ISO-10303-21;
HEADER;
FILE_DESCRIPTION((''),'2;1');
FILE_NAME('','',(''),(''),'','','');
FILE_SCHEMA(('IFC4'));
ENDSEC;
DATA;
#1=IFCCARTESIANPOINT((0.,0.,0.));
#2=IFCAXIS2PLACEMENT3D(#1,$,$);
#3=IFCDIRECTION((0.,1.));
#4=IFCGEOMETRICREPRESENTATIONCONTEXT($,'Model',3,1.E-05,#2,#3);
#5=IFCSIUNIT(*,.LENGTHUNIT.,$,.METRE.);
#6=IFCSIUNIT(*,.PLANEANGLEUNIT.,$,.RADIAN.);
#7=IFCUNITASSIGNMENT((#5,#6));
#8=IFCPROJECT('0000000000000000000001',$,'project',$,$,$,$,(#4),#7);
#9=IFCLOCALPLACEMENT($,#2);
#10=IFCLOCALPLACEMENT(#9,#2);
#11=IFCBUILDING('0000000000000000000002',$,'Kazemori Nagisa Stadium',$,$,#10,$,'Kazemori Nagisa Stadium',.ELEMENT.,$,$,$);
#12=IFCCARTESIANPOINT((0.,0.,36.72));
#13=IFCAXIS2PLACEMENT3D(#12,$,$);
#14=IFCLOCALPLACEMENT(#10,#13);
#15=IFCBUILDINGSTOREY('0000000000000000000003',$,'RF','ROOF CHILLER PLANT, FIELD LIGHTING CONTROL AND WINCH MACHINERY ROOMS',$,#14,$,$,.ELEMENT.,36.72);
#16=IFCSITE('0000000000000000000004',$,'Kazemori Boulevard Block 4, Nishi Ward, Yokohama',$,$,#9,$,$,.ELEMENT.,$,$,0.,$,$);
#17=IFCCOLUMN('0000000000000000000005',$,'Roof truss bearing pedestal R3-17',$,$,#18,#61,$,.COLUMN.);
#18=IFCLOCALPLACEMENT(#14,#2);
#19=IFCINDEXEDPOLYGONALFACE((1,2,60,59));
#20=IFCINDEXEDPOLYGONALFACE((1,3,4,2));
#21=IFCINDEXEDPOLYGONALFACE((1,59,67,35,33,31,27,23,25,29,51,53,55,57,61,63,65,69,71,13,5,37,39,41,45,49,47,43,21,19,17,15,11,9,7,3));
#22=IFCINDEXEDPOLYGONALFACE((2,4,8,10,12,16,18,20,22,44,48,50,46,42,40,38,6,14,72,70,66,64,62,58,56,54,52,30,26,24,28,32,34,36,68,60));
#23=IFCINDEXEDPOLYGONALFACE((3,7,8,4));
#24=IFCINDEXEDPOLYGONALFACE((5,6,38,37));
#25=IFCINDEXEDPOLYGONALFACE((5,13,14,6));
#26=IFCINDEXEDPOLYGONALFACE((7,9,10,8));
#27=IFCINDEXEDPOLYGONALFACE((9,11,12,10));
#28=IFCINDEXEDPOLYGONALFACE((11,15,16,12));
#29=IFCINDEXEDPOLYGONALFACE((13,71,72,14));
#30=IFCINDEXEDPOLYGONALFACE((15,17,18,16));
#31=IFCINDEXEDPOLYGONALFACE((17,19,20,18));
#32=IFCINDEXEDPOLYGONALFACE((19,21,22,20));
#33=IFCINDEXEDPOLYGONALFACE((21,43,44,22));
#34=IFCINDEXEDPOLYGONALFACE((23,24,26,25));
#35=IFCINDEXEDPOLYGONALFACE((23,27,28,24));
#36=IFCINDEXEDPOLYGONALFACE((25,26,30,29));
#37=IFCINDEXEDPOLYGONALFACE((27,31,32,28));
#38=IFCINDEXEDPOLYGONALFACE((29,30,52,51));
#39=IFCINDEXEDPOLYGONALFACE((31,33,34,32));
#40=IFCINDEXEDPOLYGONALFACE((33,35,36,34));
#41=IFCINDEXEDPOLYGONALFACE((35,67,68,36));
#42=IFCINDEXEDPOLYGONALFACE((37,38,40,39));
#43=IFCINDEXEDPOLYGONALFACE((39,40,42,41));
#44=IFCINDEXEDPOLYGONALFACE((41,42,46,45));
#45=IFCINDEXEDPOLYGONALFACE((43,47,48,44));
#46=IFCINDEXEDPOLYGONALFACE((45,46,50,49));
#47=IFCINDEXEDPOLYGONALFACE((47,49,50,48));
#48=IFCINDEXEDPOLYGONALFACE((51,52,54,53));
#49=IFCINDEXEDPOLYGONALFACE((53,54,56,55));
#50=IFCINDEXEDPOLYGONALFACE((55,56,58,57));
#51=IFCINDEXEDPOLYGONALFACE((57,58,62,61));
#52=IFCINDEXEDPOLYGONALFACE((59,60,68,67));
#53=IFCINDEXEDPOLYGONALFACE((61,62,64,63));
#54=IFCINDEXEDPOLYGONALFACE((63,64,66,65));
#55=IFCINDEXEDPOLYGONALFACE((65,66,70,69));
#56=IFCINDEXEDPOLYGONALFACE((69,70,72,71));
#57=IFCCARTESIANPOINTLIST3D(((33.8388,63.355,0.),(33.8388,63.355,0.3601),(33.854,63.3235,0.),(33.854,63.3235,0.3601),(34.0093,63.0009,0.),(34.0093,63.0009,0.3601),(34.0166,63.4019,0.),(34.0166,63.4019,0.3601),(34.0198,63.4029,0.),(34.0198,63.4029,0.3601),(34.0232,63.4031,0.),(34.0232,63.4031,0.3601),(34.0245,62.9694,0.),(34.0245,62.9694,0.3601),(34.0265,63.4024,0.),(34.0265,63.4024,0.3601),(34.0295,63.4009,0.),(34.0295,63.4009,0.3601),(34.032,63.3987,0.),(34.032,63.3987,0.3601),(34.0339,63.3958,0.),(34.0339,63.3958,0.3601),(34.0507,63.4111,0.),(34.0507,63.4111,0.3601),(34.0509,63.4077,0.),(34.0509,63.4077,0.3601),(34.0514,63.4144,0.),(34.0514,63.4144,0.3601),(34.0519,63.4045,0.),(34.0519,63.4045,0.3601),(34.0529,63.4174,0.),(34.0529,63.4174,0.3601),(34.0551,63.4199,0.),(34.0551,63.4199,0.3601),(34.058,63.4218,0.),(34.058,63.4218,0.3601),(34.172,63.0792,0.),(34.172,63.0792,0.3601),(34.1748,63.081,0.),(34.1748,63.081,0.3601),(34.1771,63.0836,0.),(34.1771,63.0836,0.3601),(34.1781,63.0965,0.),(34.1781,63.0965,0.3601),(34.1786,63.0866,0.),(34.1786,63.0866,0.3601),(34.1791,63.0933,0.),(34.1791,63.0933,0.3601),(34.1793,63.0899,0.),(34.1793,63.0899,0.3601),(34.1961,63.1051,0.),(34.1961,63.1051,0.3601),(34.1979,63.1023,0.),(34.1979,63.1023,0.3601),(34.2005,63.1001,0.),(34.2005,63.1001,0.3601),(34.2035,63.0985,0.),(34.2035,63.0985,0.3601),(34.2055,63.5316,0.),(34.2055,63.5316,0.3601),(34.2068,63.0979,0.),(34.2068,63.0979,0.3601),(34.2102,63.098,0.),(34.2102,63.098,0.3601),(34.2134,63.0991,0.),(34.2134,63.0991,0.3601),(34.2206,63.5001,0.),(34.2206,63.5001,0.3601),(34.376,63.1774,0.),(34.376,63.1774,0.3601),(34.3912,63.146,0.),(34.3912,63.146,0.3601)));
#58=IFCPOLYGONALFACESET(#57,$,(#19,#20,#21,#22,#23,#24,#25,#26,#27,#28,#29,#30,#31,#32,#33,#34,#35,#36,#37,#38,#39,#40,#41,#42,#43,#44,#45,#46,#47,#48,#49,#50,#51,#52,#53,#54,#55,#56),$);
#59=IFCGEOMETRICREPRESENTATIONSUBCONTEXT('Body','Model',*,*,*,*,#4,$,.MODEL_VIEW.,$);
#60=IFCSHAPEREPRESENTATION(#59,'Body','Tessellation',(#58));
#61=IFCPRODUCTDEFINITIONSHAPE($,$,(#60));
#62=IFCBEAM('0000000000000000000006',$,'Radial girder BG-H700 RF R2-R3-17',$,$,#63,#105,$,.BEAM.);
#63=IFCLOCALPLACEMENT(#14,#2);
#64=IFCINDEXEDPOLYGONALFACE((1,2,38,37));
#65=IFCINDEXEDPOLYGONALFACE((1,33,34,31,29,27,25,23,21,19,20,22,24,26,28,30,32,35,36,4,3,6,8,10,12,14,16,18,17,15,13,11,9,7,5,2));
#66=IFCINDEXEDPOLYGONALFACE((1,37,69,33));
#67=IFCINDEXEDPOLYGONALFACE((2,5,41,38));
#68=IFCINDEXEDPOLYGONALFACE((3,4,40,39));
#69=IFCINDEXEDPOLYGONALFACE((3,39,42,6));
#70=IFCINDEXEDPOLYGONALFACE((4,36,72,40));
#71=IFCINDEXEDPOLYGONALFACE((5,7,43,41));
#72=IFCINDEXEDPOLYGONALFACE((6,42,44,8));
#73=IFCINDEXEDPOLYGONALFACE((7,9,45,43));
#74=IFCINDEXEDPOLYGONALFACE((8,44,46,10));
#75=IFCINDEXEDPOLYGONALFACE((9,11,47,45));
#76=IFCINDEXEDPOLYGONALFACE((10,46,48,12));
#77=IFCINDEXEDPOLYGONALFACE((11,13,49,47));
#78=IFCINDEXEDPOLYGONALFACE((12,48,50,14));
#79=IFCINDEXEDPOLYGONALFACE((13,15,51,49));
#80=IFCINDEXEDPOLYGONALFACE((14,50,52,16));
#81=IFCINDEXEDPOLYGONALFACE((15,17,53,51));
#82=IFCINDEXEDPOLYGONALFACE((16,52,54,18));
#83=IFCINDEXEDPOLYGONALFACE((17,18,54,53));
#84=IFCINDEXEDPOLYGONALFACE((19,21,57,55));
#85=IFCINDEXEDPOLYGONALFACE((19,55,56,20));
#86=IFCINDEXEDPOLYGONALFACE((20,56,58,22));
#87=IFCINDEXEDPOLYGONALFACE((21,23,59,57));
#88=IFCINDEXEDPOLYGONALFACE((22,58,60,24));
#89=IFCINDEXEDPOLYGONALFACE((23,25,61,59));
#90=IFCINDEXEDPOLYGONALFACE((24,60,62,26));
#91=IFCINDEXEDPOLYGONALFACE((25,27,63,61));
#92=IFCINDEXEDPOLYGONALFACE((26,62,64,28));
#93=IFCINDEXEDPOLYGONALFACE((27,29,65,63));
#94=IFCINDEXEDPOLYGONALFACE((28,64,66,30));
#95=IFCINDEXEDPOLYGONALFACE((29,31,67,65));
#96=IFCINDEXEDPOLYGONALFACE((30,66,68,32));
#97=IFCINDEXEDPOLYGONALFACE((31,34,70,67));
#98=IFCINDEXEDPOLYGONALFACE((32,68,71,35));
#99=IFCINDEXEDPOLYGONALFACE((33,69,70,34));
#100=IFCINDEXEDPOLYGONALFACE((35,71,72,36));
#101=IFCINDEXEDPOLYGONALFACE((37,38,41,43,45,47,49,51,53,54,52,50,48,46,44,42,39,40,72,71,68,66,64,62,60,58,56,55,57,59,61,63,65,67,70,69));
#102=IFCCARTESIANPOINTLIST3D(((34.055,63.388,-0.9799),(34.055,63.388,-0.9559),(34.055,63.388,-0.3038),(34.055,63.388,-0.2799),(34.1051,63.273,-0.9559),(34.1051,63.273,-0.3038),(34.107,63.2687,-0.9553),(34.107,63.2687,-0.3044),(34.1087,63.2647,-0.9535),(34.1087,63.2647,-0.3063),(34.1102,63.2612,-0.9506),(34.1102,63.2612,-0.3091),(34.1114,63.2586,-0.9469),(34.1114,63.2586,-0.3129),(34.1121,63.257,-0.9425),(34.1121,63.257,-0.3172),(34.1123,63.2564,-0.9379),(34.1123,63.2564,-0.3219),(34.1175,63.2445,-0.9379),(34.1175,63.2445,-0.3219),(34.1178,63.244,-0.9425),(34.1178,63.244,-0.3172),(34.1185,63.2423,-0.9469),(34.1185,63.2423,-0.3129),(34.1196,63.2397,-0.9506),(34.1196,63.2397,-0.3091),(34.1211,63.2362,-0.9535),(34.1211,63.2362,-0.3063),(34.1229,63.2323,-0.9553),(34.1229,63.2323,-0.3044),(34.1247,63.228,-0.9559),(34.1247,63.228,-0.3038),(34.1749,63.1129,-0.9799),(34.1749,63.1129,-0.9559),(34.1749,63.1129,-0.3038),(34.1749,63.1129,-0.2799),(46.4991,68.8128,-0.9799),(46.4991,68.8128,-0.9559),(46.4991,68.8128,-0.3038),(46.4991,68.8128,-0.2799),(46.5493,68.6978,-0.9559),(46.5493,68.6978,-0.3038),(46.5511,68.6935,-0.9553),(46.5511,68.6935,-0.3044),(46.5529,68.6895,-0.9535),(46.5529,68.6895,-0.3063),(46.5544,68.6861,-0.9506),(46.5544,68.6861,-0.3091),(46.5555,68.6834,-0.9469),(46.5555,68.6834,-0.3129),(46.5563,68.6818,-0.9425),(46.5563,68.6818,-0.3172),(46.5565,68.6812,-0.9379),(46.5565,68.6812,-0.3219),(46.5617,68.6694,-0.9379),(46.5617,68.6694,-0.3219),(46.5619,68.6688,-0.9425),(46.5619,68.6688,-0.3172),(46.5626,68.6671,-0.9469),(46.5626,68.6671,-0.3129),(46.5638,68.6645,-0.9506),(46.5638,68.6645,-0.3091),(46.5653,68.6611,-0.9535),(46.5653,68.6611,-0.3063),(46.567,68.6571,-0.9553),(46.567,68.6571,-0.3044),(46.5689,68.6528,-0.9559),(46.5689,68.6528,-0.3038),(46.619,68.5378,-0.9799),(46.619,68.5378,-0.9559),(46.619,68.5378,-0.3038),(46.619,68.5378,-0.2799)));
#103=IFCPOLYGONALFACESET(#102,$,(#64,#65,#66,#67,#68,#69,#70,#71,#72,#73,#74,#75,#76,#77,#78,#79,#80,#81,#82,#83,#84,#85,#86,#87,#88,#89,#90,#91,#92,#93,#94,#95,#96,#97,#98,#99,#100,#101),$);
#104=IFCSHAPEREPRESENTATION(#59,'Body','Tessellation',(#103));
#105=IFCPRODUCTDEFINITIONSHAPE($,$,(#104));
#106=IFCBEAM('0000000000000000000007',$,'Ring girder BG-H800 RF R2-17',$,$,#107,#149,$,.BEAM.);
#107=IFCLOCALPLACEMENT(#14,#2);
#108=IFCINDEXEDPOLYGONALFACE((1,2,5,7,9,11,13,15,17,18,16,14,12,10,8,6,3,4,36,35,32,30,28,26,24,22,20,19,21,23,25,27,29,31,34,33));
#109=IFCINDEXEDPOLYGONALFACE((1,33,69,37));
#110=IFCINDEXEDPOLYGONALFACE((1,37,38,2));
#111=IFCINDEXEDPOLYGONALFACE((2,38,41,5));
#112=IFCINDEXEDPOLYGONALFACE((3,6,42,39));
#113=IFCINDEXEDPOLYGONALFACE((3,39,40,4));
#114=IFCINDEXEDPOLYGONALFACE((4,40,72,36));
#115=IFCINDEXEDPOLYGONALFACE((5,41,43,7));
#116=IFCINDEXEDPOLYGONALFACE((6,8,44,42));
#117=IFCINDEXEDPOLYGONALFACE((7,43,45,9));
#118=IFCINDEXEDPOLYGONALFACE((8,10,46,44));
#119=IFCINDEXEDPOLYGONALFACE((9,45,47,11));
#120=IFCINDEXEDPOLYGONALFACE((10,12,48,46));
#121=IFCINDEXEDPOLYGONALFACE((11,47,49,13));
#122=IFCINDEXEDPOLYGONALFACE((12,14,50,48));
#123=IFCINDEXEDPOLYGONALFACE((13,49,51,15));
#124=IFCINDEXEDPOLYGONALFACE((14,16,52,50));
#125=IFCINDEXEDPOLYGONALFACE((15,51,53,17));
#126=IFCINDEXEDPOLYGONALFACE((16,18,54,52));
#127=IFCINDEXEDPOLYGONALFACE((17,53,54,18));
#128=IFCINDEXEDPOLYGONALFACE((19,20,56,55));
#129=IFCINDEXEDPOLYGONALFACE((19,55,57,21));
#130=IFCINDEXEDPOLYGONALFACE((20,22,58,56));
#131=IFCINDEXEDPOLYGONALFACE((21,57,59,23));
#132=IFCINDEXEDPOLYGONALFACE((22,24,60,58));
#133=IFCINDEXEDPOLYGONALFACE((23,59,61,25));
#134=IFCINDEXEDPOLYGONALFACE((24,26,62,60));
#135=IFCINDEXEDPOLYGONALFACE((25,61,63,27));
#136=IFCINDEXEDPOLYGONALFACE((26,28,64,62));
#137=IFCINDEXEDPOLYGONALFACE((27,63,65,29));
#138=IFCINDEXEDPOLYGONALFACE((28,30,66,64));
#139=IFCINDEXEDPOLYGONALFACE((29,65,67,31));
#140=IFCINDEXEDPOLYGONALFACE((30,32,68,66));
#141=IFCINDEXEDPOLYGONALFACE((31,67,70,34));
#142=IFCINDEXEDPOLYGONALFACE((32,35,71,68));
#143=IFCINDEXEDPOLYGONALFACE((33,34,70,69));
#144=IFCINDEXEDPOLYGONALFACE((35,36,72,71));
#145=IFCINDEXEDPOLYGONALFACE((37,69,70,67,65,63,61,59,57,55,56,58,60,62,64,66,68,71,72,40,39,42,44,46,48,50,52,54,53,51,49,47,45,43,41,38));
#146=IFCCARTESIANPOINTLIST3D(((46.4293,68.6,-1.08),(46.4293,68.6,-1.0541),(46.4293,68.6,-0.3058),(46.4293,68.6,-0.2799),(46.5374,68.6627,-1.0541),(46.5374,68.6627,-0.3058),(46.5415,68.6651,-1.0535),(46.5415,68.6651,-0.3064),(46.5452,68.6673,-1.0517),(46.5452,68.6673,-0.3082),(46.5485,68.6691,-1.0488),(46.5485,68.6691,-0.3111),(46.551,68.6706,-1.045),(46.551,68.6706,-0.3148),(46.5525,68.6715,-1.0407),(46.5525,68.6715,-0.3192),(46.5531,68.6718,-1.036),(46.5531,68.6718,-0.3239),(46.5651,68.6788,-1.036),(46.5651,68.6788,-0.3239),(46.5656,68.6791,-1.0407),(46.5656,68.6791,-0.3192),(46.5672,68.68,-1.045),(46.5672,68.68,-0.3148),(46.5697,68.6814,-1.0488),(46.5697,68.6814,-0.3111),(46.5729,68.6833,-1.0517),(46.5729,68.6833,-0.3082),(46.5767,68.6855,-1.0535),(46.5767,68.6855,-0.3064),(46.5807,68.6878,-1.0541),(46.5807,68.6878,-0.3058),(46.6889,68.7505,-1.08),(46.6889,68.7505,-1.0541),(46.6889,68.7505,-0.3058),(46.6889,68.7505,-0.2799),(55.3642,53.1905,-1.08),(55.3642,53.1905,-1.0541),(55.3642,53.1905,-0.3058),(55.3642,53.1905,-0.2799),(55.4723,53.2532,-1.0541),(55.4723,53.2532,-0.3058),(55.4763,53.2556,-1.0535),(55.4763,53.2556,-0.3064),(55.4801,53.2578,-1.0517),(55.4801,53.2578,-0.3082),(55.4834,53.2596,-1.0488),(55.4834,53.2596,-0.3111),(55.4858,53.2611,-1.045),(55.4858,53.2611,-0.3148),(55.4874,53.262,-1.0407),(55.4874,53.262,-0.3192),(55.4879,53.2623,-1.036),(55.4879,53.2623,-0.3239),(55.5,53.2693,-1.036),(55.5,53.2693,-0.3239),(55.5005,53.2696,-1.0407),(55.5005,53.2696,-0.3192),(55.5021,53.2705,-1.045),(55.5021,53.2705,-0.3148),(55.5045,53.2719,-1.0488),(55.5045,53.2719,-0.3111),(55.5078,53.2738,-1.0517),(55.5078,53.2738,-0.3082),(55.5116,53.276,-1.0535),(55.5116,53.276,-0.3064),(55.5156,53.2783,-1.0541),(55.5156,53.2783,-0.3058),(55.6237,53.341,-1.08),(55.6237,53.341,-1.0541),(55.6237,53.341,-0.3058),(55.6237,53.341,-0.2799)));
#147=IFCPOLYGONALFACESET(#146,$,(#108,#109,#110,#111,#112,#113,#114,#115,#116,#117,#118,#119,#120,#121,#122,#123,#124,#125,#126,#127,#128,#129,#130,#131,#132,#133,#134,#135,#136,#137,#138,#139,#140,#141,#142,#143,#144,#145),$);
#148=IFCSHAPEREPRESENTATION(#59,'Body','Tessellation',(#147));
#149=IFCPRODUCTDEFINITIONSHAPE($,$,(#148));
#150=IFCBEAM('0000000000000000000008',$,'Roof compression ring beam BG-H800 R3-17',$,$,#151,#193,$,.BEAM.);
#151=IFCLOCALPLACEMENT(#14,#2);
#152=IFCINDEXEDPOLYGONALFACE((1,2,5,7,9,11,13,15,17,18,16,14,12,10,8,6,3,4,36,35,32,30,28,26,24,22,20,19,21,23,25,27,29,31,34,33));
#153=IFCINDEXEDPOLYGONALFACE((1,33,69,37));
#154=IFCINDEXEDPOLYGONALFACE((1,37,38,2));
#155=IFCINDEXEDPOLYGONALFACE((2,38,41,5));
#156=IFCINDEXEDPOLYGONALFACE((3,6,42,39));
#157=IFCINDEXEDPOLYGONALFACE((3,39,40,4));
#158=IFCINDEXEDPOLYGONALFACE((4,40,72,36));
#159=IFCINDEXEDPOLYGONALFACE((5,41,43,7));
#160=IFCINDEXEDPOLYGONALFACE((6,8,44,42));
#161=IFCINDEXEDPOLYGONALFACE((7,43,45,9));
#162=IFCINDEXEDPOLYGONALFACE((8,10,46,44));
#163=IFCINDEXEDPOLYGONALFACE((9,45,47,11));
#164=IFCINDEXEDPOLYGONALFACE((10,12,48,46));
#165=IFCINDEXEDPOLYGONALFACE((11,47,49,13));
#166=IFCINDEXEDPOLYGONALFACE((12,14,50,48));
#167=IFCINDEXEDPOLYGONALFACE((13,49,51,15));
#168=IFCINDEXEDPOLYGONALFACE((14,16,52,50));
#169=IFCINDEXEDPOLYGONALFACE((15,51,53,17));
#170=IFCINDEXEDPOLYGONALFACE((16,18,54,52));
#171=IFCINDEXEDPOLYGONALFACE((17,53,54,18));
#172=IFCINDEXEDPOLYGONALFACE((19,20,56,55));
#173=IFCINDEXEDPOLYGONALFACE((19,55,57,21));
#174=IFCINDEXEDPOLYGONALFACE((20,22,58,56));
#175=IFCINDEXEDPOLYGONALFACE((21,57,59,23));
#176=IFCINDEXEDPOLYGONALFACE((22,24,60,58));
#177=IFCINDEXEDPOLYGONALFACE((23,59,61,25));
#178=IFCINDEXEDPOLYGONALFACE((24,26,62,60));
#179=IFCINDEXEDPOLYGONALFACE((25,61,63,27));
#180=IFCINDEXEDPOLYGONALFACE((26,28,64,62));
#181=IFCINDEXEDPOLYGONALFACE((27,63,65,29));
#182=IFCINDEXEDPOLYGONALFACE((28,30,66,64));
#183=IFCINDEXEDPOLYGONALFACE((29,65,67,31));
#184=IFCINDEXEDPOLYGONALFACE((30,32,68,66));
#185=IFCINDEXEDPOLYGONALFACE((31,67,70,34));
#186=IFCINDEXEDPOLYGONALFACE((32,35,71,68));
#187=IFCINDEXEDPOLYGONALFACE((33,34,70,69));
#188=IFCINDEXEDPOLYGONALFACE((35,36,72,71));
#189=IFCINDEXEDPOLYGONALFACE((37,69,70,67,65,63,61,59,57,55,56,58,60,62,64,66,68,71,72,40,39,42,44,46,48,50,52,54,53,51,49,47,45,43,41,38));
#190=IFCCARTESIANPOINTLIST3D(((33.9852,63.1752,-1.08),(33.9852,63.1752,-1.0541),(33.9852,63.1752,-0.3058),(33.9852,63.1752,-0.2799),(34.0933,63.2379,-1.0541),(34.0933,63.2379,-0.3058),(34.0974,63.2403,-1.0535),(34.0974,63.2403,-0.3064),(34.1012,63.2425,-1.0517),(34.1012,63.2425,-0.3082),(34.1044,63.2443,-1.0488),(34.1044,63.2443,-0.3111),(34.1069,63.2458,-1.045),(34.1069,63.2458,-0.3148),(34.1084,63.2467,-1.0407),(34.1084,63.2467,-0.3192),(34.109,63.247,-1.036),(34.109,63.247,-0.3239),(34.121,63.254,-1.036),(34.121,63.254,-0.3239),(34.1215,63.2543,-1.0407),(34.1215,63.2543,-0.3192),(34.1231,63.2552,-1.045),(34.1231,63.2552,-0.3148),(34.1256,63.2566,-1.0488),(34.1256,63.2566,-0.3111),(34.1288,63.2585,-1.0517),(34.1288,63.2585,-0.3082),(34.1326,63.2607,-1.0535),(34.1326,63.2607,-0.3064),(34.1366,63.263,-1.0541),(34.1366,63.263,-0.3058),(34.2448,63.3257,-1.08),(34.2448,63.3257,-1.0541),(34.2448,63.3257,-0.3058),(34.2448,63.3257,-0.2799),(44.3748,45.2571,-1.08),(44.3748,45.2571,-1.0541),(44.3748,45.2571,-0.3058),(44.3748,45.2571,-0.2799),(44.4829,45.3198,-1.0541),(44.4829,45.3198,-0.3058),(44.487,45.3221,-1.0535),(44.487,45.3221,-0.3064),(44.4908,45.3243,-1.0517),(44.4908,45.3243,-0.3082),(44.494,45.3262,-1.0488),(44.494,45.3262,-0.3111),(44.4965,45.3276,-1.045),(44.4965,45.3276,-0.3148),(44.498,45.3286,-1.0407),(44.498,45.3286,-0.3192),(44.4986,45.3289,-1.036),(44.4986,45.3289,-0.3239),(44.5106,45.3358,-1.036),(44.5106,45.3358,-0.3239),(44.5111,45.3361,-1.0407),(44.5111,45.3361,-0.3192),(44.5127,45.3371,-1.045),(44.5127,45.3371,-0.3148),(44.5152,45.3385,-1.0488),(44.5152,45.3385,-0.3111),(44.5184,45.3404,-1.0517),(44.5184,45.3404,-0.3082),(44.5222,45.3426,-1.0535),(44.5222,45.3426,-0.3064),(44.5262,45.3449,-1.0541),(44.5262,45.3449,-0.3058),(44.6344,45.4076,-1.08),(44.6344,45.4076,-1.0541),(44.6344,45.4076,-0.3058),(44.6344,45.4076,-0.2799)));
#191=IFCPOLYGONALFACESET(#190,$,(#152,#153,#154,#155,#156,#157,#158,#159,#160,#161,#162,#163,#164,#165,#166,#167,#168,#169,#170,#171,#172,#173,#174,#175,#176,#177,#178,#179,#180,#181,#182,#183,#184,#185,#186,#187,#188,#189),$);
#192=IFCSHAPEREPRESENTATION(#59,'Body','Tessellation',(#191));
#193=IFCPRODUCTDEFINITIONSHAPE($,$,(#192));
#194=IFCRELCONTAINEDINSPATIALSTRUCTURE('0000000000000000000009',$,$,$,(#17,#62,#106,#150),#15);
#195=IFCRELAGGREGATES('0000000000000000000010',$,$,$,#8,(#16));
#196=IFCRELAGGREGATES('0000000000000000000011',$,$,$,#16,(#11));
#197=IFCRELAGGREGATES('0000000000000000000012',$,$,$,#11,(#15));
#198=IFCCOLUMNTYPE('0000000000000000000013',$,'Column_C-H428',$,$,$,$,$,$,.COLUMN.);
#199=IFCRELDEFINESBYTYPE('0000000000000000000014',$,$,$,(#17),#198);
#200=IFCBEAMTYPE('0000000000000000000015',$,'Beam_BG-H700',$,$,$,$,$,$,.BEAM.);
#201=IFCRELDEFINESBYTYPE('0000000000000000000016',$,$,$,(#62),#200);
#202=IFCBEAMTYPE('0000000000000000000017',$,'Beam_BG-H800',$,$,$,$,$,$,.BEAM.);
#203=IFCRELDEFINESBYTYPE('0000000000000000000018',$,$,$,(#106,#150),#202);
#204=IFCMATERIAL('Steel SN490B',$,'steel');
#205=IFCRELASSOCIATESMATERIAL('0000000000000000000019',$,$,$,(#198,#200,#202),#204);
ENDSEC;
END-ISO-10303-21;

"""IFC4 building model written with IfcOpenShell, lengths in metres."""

from ifc_helpers import new_model, si_unit, direction, frame, origin, origin_2d, place, context, subcontext, project, spatial, i_section, extrude, material, material_profile, profile_set, type_object, element, save


model = new_model("IFC4")

# Units and contexts
model_context = context("Model", 3, precision=1e-05, world=origin(), true_north=direction((0.0, 1.0)))
body_context = subcontext(model_context, "Body", "Model", "MODEL_VIEW")
ifc_project = project(units=[si_unit("LENGTHUNIT", "METRE"), si_unit("PLANEANGLEUNIT", "RADIAN")], contexts=[model_context])

# Site, building, storey
site_placement = place(None, origin())
site = spatial("IfcSite", under=ifc_project, at=site_placement, Name="Kazemori Boulevard Block 4, Nishi Ward, Yokohama", CompositionType="ELEMENT", RefElevation=0.0)
building_placement = place(site_placement, origin())
building = spatial("IfcBuilding", under=site, at=building_placement, Name="Kazemori Nagisa Stadium", LongName="Kazemori Nagisa Stadium", CompositionType="ELEMENT")
storey_placement = place(building_placement, frame((0.0, 0.0, 36.72)))
storey = spatial("IfcBuildingStorey", under=building, at=storey_placement, Name="RF", Description="ROOF CHILLER PLANT, FIELD LIGHTING CONTROL AND WINCH MACHINERY ROOMS", CompositionType="ELEMENT", Elevation=36.72)

# Column
ifc_material_1 = material(Name="Steel SN490B", Category="steel")
ifc_material_profile_1 = material_profile(ifc_material_1, i_section(OverallWidth=0.407, OverallDepth=0.428, WebThickness=0.02, FlangeThickness=0.0349, FilletRadius=0.0129, at=origin_2d()), Name="H-428x407x20x35")
ifc_profile_set_1 = profile_set([ifc_material_profile_1], Name="Steel SN490B")
column_type = type_object("IfcColumnType", Name="Column_C-H428", PredefinedType="COLUMN", material=ifc_profile_set_1)
column_placement = place(storey_placement, frame((34.115, 63.2505, 0.0), z_axis=(0.0, 0.0, 1.0), x_axis=(-0.900969, -0.433884, 0.0)))
element("IfcColumn", 1, at=column_placement, inside=storey, type_object=column_type, Name="Roof truss bearing pedestal R3-17", PredefinedType="COLUMN", context=body_context, shape_type="SweptSolid", body=[
    extrude(i_section(OverallWidth=0.407, OverallDepth=0.428, WebThickness=0.02, FlangeThickness=0.0349, FilletRadius=0.0129, at=origin_2d()), origin(), (0.0, 0.0, 1.0), 0.3601),
])

# Beams
ifc_material_profile_2 = material_profile(ifc_material_1, i_section(OverallWidth=0.3, OverallDepth=0.7, WebThickness=0.0129, FlangeThickness=0.0239, FilletRadius=0.0181, at=origin_2d()), Name="H-700x300x13x24")
ifc_profile_set_2 = profile_set([ifc_material_profile_2], Name="Steel SN490B")
beam_type_1 = type_object("IfcBeamType", Name="Beam_BG-H700", PredefinedType="BEAM", material=ifc_profile_set_2)
beam_1_placement = place(storey_placement, frame((46.5591, 68.6753, -0.6299), z_axis=(-0.916684, -0.399614, 0.0), x_axis=(0.399614, -0.916684, 0.0)))
element("IfcBeam", 2, at=beam_1_placement, inside=storey, type_object=beam_type_1, Name="Radial girder BG-H700 RF R2-R3-17", PredefinedType="BEAM", context=body_context, shape_type="SweptSolid", body=[
    extrude(i_section(OverallWidth=0.3, OverallDepth=0.7, WebThickness=0.0129, FlangeThickness=0.0239, FilletRadius=0.0181, at=origin_2d()), origin(), (0.0, 0.0, 1.0), 13.5752),
])
ifc_material_profile_3 = material_profile(ifc_material_1, i_section(OverallWidth=0.3, OverallDepth=0.8, WebThickness=0.0139, FlangeThickness=0.0259, FilletRadius=0.0181, at=origin_2d()), Name="H-800x300x14x26")
ifc_profile_set_3 = profile_set([ifc_material_profile_3], Name="Steel SN490B")
beam_type_2 = type_object("IfcBeamType", Name="Beam_BG-H800", PredefinedType="BEAM", material=ifc_profile_set_3)
beam_2_placement = place(storey_placement, frame((46.5591, 68.6753, -0.6799), z_axis=(0.501607, -0.865096, 0.0), x_axis=(0.865096, 0.501607, 0.0)))
element("IfcBeam", 3, at=beam_2_placement, inside=storey, type_object=beam_type_2, Name="Ring girder BG-H800 RF R2-17", PredefinedType="BEAM", context=body_context, shape_type="SweptSolid", body=[
    extrude(i_section(OverallWidth=0.3, OverallDepth=0.8, WebThickness=0.0139, FlangeThickness=0.0259, FilletRadius=0.0181, at=origin_2d()), origin(), (0.0, 0.0, 1.0), 17.8125),
])
beam_3_placement = place(storey_placement, frame((34.115, 63.2505, -0.6799), z_axis=(0.501613, -0.865092, 0.0), x_axis=(0.865092, 0.501613, 0.0)))
element("IfcBeam", 4, at=beam_3_placement, inside=storey, type_object=beam_type_2, Name="Roof compression ring beam BG-H800 R3-17", PredefinedType="BEAM", context=body_context, shape_type="SweptSolid", body=[
    extrude(i_section(OverallWidth=0.3, OverallDepth=0.8, WebThickness=0.0139, FlangeThickness=0.0259, FilletRadius=0.0181, at=origin_2d()), origin(), (0.0, 0.0, 1.0), 20.7124),
])

save(model, "model.ifc")
